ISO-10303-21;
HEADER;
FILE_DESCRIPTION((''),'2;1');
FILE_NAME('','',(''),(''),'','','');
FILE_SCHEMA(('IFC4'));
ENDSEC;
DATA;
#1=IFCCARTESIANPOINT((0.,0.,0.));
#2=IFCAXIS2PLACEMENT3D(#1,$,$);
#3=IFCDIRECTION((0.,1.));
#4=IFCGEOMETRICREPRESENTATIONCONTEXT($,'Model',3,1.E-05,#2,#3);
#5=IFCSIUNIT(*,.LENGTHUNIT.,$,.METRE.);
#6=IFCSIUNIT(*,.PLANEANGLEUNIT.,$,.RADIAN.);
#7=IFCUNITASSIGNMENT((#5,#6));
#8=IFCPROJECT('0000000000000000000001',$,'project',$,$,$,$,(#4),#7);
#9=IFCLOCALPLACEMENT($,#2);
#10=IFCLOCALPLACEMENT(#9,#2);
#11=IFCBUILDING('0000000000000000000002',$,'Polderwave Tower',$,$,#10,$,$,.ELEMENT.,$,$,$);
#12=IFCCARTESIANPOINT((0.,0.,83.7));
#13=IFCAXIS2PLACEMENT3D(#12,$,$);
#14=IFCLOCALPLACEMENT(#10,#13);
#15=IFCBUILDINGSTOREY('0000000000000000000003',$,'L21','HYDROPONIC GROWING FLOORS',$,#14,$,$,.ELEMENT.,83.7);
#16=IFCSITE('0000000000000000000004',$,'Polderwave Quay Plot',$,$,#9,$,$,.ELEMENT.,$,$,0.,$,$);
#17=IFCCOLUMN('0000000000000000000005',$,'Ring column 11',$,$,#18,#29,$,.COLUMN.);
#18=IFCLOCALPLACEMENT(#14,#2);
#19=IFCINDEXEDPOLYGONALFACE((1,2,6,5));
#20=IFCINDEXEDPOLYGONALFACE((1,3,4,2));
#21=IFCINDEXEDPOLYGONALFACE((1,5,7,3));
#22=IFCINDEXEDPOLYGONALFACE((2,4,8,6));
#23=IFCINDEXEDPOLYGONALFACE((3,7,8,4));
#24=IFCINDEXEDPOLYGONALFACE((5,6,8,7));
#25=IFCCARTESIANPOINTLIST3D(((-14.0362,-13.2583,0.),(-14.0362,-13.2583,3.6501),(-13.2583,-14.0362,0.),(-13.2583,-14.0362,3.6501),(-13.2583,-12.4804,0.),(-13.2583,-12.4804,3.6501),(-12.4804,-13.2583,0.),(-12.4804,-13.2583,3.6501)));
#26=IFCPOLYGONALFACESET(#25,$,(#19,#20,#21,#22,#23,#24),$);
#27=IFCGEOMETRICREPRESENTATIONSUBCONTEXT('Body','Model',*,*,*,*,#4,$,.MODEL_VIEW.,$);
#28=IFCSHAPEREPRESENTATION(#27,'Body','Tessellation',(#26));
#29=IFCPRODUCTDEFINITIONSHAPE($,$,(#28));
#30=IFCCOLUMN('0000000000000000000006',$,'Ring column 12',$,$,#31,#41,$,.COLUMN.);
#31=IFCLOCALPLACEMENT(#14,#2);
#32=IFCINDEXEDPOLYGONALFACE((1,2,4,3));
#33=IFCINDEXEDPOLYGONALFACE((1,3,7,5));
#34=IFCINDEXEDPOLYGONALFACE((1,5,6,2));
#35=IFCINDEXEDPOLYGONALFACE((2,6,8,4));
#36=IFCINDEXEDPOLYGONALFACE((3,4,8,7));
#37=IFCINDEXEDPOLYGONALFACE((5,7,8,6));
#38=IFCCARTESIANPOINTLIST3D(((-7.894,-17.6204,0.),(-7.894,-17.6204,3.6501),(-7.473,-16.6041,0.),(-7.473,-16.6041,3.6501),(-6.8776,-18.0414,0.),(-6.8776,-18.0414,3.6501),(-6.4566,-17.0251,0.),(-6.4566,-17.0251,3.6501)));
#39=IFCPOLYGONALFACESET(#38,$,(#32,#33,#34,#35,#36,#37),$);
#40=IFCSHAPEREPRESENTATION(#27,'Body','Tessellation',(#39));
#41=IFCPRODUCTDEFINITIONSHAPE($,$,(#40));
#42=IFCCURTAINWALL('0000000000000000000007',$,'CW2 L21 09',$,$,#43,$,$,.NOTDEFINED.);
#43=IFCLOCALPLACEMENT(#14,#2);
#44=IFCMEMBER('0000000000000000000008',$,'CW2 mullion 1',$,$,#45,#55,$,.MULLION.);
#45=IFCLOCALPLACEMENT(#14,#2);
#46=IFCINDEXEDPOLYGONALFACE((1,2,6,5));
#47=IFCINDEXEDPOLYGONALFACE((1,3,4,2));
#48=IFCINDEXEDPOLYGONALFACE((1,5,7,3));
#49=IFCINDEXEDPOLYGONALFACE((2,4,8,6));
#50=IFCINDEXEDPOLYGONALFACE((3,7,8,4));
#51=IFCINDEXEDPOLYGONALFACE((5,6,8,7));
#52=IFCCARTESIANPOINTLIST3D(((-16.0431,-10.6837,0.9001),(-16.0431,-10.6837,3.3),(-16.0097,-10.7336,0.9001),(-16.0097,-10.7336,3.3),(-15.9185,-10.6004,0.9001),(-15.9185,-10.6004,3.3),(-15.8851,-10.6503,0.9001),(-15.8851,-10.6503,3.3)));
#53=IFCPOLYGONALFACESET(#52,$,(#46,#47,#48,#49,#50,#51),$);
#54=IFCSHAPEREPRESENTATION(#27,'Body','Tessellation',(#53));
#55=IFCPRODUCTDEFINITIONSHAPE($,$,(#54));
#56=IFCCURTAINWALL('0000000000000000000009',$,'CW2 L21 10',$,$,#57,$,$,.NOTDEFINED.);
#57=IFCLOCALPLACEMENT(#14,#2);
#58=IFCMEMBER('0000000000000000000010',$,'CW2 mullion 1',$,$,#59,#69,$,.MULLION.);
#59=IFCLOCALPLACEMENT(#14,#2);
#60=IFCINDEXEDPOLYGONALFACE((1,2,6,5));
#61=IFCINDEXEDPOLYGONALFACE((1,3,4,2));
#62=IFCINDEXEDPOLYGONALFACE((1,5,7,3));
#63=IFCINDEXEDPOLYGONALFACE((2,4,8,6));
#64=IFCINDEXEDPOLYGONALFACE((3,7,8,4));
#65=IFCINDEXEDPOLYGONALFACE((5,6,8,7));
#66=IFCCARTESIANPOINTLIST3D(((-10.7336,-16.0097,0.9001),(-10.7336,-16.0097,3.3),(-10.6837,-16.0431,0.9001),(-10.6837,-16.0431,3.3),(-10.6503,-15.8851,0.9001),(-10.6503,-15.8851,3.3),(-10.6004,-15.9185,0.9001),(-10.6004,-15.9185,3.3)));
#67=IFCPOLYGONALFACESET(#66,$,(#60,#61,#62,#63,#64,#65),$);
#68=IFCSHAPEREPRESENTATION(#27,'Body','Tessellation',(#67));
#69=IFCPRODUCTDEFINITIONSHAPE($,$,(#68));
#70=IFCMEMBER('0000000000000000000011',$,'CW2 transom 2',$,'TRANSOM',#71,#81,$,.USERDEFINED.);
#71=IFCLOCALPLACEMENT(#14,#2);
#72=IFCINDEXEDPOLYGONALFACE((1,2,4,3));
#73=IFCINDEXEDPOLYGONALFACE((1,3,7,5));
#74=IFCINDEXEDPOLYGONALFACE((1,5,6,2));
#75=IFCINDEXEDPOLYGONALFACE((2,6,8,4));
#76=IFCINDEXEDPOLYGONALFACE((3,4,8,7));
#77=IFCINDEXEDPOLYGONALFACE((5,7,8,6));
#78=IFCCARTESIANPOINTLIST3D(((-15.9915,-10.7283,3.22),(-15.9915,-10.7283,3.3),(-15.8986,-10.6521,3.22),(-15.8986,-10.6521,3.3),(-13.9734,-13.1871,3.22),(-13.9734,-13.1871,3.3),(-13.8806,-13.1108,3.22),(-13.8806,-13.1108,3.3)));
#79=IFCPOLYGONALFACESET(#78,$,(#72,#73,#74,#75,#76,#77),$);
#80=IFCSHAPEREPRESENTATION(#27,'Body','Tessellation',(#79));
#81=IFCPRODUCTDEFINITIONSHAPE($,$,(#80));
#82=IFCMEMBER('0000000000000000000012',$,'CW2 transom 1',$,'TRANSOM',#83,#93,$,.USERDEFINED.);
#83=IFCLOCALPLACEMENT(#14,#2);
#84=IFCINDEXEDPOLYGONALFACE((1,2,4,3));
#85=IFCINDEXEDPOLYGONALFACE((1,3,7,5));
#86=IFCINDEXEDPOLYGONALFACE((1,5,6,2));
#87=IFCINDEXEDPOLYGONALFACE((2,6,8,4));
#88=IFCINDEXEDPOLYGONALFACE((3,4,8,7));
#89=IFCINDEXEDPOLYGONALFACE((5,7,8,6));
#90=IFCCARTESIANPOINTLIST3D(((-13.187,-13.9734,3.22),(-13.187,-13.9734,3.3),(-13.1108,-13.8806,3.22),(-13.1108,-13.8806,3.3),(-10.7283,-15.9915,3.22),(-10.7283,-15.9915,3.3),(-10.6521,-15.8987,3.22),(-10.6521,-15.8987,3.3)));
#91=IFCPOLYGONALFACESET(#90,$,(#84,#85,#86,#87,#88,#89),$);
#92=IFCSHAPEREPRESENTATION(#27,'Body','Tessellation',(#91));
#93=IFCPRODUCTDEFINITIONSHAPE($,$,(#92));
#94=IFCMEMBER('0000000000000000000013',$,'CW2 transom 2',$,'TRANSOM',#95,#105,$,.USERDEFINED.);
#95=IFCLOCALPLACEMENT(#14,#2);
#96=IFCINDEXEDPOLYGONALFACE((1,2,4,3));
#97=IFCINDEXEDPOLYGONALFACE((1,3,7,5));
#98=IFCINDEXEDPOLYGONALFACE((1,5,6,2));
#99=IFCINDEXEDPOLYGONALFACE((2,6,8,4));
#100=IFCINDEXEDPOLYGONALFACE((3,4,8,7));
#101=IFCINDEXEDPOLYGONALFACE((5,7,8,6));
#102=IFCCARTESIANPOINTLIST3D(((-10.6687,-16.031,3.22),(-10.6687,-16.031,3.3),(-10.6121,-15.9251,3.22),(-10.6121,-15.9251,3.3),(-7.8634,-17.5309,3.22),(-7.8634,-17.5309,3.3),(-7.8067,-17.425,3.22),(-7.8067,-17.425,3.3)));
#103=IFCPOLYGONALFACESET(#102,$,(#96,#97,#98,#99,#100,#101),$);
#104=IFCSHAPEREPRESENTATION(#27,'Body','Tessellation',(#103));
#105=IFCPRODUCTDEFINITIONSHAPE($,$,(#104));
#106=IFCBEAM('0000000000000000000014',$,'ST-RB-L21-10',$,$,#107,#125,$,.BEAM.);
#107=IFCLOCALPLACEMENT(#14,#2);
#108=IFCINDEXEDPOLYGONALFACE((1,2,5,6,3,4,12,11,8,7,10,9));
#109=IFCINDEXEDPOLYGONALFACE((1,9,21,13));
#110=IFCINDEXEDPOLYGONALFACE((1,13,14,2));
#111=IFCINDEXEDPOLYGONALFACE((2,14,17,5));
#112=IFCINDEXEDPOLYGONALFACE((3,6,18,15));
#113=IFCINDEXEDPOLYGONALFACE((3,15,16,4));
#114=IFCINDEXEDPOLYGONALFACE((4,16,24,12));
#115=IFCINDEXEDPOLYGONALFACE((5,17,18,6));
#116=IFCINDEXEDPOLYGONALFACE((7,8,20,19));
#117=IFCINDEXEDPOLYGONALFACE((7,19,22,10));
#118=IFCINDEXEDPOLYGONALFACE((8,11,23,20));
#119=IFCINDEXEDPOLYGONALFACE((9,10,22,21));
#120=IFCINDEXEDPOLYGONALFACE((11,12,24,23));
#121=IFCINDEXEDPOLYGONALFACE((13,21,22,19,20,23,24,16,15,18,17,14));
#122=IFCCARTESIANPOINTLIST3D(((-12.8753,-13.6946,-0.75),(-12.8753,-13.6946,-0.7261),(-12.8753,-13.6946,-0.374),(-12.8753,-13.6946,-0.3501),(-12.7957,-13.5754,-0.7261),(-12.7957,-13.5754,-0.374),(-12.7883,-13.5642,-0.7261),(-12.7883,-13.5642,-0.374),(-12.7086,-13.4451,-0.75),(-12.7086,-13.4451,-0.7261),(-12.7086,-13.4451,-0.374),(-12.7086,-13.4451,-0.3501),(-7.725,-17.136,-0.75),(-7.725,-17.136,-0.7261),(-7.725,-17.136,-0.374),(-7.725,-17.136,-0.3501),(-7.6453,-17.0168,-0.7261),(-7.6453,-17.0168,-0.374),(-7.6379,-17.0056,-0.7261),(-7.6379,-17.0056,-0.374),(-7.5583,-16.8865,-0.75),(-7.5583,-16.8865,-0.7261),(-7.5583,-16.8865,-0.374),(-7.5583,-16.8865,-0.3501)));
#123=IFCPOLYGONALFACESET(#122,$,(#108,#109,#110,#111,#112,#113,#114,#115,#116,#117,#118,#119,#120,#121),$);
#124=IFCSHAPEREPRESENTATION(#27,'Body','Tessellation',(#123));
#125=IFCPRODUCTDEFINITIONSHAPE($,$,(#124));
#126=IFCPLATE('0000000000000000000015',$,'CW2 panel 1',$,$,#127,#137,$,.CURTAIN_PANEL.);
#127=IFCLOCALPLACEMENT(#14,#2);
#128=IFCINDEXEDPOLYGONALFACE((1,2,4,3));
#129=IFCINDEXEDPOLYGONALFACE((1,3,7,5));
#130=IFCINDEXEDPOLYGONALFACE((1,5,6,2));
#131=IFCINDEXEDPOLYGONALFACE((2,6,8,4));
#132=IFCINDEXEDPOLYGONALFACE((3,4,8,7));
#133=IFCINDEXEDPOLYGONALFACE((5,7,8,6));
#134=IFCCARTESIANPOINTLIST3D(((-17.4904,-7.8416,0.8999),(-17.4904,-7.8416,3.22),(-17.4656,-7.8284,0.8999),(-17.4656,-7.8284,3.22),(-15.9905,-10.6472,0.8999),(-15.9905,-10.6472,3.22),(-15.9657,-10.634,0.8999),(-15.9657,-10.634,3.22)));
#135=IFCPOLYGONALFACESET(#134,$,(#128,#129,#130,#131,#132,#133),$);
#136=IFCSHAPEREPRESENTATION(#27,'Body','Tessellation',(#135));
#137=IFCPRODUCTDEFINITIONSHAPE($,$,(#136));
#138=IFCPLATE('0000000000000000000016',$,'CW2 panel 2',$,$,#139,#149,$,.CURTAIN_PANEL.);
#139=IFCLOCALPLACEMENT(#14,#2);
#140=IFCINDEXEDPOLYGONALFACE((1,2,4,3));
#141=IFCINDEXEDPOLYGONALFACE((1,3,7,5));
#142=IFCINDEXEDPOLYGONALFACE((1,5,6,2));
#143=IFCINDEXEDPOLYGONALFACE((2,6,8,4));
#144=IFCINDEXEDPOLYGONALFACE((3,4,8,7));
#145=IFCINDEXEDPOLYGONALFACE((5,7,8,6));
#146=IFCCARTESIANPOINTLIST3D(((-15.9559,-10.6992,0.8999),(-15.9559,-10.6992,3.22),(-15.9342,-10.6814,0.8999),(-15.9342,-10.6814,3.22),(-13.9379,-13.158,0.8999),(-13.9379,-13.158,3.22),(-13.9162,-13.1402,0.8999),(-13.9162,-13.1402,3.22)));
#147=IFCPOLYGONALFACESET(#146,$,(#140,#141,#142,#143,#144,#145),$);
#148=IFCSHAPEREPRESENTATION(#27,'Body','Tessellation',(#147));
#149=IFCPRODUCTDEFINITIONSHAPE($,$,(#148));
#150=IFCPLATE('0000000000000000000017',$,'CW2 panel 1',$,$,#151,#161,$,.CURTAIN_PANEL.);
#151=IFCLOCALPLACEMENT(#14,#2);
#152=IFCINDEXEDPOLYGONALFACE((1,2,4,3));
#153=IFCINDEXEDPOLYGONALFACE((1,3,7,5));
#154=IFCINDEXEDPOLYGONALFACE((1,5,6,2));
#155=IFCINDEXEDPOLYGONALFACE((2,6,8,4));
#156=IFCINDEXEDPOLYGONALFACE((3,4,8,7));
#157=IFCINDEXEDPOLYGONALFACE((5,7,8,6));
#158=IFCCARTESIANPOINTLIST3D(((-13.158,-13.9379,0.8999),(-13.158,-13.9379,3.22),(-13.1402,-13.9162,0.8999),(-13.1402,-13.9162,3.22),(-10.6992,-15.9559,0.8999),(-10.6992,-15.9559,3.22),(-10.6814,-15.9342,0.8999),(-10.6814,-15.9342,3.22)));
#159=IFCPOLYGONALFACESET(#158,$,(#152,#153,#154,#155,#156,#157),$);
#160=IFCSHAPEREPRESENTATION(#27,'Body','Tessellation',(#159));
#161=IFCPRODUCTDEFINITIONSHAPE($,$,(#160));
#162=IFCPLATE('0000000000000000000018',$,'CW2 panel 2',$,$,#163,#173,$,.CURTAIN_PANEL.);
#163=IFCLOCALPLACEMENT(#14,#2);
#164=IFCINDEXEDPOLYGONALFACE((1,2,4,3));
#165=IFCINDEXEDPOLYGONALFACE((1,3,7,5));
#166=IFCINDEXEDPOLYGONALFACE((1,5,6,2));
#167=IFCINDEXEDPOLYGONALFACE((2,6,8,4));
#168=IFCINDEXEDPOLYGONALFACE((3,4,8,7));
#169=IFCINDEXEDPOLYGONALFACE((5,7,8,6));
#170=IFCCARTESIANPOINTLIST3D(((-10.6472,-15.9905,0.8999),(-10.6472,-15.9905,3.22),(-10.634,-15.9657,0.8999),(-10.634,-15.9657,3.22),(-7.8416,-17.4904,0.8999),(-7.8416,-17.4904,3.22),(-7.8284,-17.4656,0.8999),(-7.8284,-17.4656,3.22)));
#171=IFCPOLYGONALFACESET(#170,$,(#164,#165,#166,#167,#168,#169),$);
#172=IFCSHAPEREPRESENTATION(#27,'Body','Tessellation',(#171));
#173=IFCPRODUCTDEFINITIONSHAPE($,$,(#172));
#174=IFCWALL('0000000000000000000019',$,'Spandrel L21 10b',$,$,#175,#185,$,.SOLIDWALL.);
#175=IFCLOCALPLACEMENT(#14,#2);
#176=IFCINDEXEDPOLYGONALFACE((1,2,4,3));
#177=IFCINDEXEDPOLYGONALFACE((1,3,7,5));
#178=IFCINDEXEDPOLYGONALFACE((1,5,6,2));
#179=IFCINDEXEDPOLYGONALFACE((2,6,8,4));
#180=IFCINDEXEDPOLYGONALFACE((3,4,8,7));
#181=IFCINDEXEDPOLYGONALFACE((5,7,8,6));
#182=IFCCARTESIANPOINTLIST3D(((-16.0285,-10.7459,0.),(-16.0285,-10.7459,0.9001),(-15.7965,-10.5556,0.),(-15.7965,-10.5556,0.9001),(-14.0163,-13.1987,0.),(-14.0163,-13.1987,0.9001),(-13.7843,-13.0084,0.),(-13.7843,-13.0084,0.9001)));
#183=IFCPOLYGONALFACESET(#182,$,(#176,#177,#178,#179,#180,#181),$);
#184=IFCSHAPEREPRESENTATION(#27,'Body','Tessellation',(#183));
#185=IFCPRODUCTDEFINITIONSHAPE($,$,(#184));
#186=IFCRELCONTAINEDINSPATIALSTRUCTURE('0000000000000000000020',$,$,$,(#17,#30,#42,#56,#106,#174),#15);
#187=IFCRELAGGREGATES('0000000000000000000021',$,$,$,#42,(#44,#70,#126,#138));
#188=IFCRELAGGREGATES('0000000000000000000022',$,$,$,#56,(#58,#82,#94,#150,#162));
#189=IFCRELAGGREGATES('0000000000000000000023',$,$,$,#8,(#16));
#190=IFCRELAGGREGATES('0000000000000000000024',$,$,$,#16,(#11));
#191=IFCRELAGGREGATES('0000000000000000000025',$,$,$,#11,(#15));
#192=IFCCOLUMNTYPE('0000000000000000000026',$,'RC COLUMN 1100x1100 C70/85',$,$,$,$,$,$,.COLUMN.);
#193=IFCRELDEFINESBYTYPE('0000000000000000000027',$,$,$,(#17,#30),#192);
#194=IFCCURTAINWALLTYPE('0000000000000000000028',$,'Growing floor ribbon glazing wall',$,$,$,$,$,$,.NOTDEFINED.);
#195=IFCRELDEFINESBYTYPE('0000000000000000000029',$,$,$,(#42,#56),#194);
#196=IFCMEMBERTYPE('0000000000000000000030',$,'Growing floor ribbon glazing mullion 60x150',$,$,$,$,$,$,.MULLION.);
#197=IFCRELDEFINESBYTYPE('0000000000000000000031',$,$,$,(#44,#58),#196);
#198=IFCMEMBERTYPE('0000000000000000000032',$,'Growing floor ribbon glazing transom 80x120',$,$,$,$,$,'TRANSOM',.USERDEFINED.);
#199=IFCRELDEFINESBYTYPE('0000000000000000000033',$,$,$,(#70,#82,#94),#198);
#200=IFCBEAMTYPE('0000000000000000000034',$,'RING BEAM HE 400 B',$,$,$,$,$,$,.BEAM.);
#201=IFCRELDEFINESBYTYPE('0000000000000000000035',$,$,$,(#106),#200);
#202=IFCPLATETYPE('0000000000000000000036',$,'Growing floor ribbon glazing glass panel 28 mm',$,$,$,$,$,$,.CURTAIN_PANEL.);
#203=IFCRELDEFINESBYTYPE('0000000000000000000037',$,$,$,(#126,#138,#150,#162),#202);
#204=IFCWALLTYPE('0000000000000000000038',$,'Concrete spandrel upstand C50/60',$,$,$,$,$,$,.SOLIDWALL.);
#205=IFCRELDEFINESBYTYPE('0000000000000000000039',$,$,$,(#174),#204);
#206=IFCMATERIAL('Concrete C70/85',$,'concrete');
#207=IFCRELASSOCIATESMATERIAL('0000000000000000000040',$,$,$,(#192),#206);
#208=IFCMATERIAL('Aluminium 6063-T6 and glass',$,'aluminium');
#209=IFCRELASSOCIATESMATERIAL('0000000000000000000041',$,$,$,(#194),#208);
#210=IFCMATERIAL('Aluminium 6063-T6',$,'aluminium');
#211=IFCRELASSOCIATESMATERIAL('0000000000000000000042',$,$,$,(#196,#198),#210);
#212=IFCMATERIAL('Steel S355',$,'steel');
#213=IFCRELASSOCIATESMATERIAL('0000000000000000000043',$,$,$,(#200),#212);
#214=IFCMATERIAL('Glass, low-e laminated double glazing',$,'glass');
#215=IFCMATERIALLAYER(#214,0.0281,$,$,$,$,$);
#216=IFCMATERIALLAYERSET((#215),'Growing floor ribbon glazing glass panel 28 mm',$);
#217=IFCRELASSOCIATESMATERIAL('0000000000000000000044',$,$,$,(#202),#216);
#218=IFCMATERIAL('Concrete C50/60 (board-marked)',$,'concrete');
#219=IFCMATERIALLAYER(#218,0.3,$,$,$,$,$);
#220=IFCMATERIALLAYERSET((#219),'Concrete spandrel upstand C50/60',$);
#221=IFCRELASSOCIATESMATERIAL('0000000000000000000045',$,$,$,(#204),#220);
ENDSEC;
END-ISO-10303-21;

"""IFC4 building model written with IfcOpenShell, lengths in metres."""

from ifc_helpers import new_model, si_unit, direction, frame, frame_2d, origin, origin_2d, place, context, subcontext, project, spatial, rectangle, i_section, extrude, material, layer, layer_set, material_profile, profile_set, type_object, element, aggregate, save


model = new_model("IFC4")

# Units and contexts
model_context = context("Model", 3, precision=1e-05, world=origin(), true_north=direction((0.0, 1.0)))
body_context = subcontext(model_context, "Body", "Model", "MODEL_VIEW")
ifc_project = project(units=[si_unit("LENGTHUNIT", "METRE"), si_unit("PLANEANGLEUNIT", "RADIAN")], contexts=[model_context])

# Site, building, storey
site_placement = place(None, origin())
site = spatial("IfcSite", under=ifc_project, at=site_placement, Name="Polderwave Quay Plot", CompositionType="ELEMENT", RefElevation=0.0)
building_placement = place(site_placement, origin())
building = spatial("IfcBuilding", under=site, at=building_placement, Name="Polderwave Tower", CompositionType="ELEMENT")
storey_placement = place(building_placement, frame((0.0, 0.0, 83.7)))
storey = spatial("IfcBuildingStorey", under=building, at=storey_placement, Name="L21", Description="HYDROPONIC GROWING FLOORS", CompositionType="ELEMENT", Elevation=83.7)

# Columns
ifc_material_1 = material(Name="Concrete C70/85", Category="concrete")
ifc_material_profile_1 = material_profile(ifc_material_1, rectangle(XDim=1.1001, YDim=1.1001, at=origin_2d()), Name="RC 1100x1100")
ifc_profile_set_1 = profile_set([ifc_material_profile_1], Name="Concrete C70/85")
column_type = type_object("IfcColumnType", Name="RC COLUMN 1100x1100 C70/85", PredefinedType="COLUMN", material=ifc_profile_set_1)
for number, where, z_axis, x_axis, name in (
    (1, (-13.2583, -13.2583, 0.0), (0.0, 0.0, 1.0), (-0.707107, -0.707107, 0.0), "Ring column 11"),
    (2, (-7.1753, -17.3228, 0.0), (0.0, 0.0, 1.0), (-0.382683, -0.92388, 0.0), "Ring column 12"),
):
    element("IfcColumn", number, at=place(storey_placement, frame(where, z_axis=z_axis, x_axis=x_axis)), inside=storey, type_object=column_type, Name=name, PredefinedType="COLUMN", context=body_context, shape_type="SweptSolid", body=[
        extrude(rectangle(XDim=1.1001, YDim=1.1001, at=origin_2d()), origin(), (0.0, 0.0, 1.0), 3.6501),
    ])

# Curtain walls, members
ifc_material_2 = material(Name="Aluminium 6063-T6 and glass", Category="aluminium")
curtain_wall_type = type_object("IfcCurtainWallType", Name="Growing floor ribbon glazing wall", PredefinedType="NOTDEFINED", material=ifc_material_2)
curtain_wall_1_placement = place(storey_placement, origin())
curtain_wall_1 = element("IfcCurtainWall", 3, at=curtain_wall_1_placement, inside=storey, type_object=curtain_wall_type, Name="CW2 L21 09", PredefinedType="NOTDEFINED")
ifc_material_3 = material(Name="Aluminium 6063-T6", Category="aluminium")
ifc_material_profile_2 = material_profile(ifc_material_3, rectangle(XDim=0.1499, YDim=0.0601, at=origin_2d()), Name="AL 60x150")
ifc_profile_set_2 = profile_set([ifc_material_profile_2], Name="Aluminium 6063-T6")
member_type_1 = type_object("IfcMemberType", Name="Growing floor ribbon glazing mullion 60x150", PredefinedType="MULLION", material=ifc_profile_set_2)
member_1_placement = place(storey_placement, frame((-15.9641, -10.667, 0.9001), z_axis=(0.0, 0.0, 1.0), x_axis=(0.831444, 0.555608, 0.0)))
member_1 = element("IfcMember", 4, at=member_1_placement, type_object=member_type_1, Name="CW2 mullion 1", PredefinedType="MULLION", context=body_context, shape_type="SweptSolid", body=[
    extrude(rectangle(XDim=0.1499, YDim=0.0601, at=origin_2d()), origin(), (0.0, 0.0, 1.0), 2.3999),
])
curtain_wall_2_placement = place(storey_placement, origin())
curtain_wall_2 = element("IfcCurtainWall", 5, at=curtain_wall_2_placement, inside=storey, type_object=curtain_wall_type, Name="CW2 L21 10", PredefinedType="NOTDEFINED")
member_2_placement = place(storey_placement, frame((-10.667, -15.9641, 0.9001), z_axis=(0.0, 0.0, 1.0), x_axis=(0.555608, 0.831444, 0.0)))
member_2 = element("IfcMember", 6, at=member_2_placement, type_object=member_type_1, Name="CW2 mullion 1", PredefinedType="MULLION", context=body_context, shape_type="SweptSolid", body=[
    extrude(rectangle(XDim=0.1499, YDim=0.0601, at=origin_2d()), origin(), (0.0, 0.0, 1.0), 2.3999),
])

# Members
ifc_material_profile_3 = material_profile(ifc_material_3, rectangle(XDim=0.1201, YDim=0.0801, at=origin_2d()), Name="AL 80x120")
ifc_profile_set_3 = profile_set([ifc_material_profile_3], Name="Aluminium 6063-T6")
member_type_2 = type_object("IfcMemberType", Name="Growing floor ribbon glazing transom 80x120", ElementType="TRANSOM", PredefinedType="USERDEFINED", material=ifc_profile_set_3)
member_3_placement = place(storey_placement, frame((-15.9451, -10.6902, 3.26), z_axis=(0.634437, -0.772975, 0.0), x_axis=(0.772975, 0.634437, 0.0)))
member_3 = element("IfcMember", 7, at=member_3_placement, type_object=member_type_2, Name="CW2 transom 2", ObjectType="TRANSOM", PredefinedType="USERDEFINED", context=body_context, shape_type="SweptSolid", body=[
    extrude(rectangle(XDim=0.1201, YDim=0.0801, at=origin_2d()), origin(), (0.0, 0.0, 1.0), 3.1809),
])
member_4_placement = place(storey_placement, frame((-13.1489, -13.927, 3.26), z_axis=(0.772975, -0.634437, 0.0), x_axis=(0.634437, 0.772975, 0.0)))
member_4 = element("IfcMember", 8, at=member_4_placement, type_object=member_type_2, Name="CW2 transom 1", ObjectType="TRANSOM", PredefinedType="USERDEFINED", context=body_context, shape_type="SweptSolid", body=[
    extrude(rectangle(XDim=0.1201, YDim=0.0801, at=origin_2d()), origin(), (0.0, 0.0, 1.0), 3.1809),
])
member_5_placement = place(storey_placement, frame((-10.6404, -15.978, 3.26), z_axis=(0.88186, -0.471512, 0.0), x_axis=(0.471512, 0.88186, 0.0)))
member_5 = element("IfcMember", 9, at=member_5_placement, type_object=member_type_2, Name="CW2 transom 2", ObjectType="TRANSOM", PredefinedType="USERDEFINED", context=body_context, shape_type="SweptSolid", body=[
    extrude(rectangle(XDim=0.1201, YDim=0.0801, at=origin_2d()), origin(), (0.0, 0.0, 1.0), 3.1812),
])

# Beam
ifc_material_4 = material(Name="Steel S355", Category="steel")
ifc_material_profile_4 = material_profile(ifc_material_4, i_section(OverallWidth=0.3, OverallDepth=0.3999, WebThickness=0.0134, FlangeThickness=0.0239, at=origin_2d()), Name="HE 400 B")
ifc_profile_set_4 = profile_set([ifc_material_profile_4], Name="Steel S355")
beam_type = type_object("IfcBeamType", Name="RING BEAM HE 400 B", PredefinedType="BEAM", material=ifc_profile_set_4)
beam_placement = place(storey_placement, frame((-12.792, -13.5698, -0.55), z_axis=(0.831468, -0.555573, 0.0), x_axis=(0.555573, 0.831468, 0.0)))
element("IfcBeam", 10, at=beam_placement, inside=storey, type_object=beam_type, Name="ST-RB-L21-10", PredefinedType="BEAM", context=body_context, shape_type="SweptSolid", body=[
    extrude(i_section(OverallWidth=0.3, OverallDepth=0.3999, WebThickness=0.0134, FlangeThickness=0.0239, at=origin_2d()), origin(), (0.0, 0.0, 1.0), 6.1943),
])

# Plates
ifc_material_5 = material(Name="Glass, low-e laminated double glazing", Category="glass")
ifc_layer_1 = layer(ifc_material_5, 0.0281)
ifc_layer_set_1 = layer_set([ifc_layer_1], Name="Growing floor ribbon glazing glass panel 28 mm")
plate_type = type_object("IfcPlateType", Name="Growing floor ribbon glazing glass panel 28 mm", PredefinedType="CURTAIN_PANEL", material=ifc_layer_set_1)
plate_1_placement = place(storey_placement, frame((-16.728, -9.2378, 0.8999), z_axis=(0.0, 0.0, 1.0), x_axis=(0.471461, -0.881887, 0.0)))
plate_1 = element("IfcPlate", 11, at=plate_1_placement, type_object=plate_type, Name="CW2 panel 1", PredefinedType="CURTAIN_PANEL", context=body_context, shape_type="SweptSolid", body=[
    extrude(rectangle(XDim=3.1814, YDim=0.0281, at=origin_2d()), origin(), (0.0, 0.0, 1.0), 2.3201),
])
plate_2_placement = place(storey_placement, frame((-14.936, -11.9197, 0.8999), z_axis=(0.0, 0.0, 1.0), x_axis=(0.634407, -0.772999, 0.0)))
plate_2 = element("IfcPlate", 12, at=plate_2_placement, type_object=plate_type, Name="CW2 panel 2", PredefinedType="CURTAIN_PANEL", context=body_context, shape_type="SweptSolid", body=[
    extrude(rectangle(XDim=3.1809, YDim=0.0281, at=origin_2d()), origin(), (0.0, 0.0, 1.0), 2.3201),
])
aggregate(curtain_wall_1, [member_1, member_3, plate_1, plate_2])
plate_3_placement = place(storey_placement, frame((-11.9197, -14.936, 0.8999), z_axis=(0.0, 0.0, 1.0), x_axis=(0.772999, -0.634407, 0.0)))
plate_3 = element("IfcPlate", 13, at=plate_3_placement, type_object=plate_type, Name="CW2 panel 1", PredefinedType="CURTAIN_PANEL", context=body_context, shape_type="SweptSolid", body=[
    extrude(rectangle(XDim=3.1809, YDim=0.0281, at=origin_2d()), origin(), (0.0, 0.0, 1.0), 2.3201),
])
plate_4_placement = place(storey_placement, frame((-9.2378, -16.728, 0.8999), z_axis=(0.0, 0.0, 1.0), x_axis=(0.881887, -0.471461, 0.0)))
plate_4 = element("IfcPlate", 14, at=plate_4_placement, type_object=plate_type, Name="CW2 panel 2", PredefinedType="CURTAIN_PANEL", context=body_context, shape_type="SweptSolid", body=[
    extrude(rectangle(XDim=3.1814, YDim=0.0281, at=origin_2d()), origin(), (0.0, 0.0, 1.0), 2.3201),
])
aggregate(curtain_wall_2, [member_2, member_4, member_5, plate_3, plate_4])

# Wall
ifc_material_6 = material(Name="Concrete C50/60 (board-marked)", Category="concrete")
ifc_layer_2 = layer(ifc_material_6, 0.3)
ifc_layer_set_2 = layer_set([ifc_layer_2], Name="Concrete spandrel upstand C50/60")
wall_type_1 = type_object("IfcWallType", Name="Concrete spandrel upstand C50/60", PredefinedType="SOLIDWALL", material=ifc_layer_set_2)
for number, where, z_axis, x_axis, name in (
    (15, (-15.9126, -10.6506, 0.0), (0.0, 0.0, 1.0), (0.634239, -0.773137, 0.0), "Spandrel L21 10b"),
):
    element("IfcWall", number, at=place(storey_placement, frame(where, z_axis=z_axis, x_axis=x_axis)), inside=storey, type_object=wall_type_1, Name=name, PredefinedType="SOLIDWALL", context=body_context, shape_type="SweptSolid", body=[
        extrude(rectangle(XDim=3.1726, YDim=0.3, at=frame_2d((1.5864, 0.0))), origin(), (0.0, 0.0, 1.0), 0.9001),
    ])

save(model, "model.ifc")
